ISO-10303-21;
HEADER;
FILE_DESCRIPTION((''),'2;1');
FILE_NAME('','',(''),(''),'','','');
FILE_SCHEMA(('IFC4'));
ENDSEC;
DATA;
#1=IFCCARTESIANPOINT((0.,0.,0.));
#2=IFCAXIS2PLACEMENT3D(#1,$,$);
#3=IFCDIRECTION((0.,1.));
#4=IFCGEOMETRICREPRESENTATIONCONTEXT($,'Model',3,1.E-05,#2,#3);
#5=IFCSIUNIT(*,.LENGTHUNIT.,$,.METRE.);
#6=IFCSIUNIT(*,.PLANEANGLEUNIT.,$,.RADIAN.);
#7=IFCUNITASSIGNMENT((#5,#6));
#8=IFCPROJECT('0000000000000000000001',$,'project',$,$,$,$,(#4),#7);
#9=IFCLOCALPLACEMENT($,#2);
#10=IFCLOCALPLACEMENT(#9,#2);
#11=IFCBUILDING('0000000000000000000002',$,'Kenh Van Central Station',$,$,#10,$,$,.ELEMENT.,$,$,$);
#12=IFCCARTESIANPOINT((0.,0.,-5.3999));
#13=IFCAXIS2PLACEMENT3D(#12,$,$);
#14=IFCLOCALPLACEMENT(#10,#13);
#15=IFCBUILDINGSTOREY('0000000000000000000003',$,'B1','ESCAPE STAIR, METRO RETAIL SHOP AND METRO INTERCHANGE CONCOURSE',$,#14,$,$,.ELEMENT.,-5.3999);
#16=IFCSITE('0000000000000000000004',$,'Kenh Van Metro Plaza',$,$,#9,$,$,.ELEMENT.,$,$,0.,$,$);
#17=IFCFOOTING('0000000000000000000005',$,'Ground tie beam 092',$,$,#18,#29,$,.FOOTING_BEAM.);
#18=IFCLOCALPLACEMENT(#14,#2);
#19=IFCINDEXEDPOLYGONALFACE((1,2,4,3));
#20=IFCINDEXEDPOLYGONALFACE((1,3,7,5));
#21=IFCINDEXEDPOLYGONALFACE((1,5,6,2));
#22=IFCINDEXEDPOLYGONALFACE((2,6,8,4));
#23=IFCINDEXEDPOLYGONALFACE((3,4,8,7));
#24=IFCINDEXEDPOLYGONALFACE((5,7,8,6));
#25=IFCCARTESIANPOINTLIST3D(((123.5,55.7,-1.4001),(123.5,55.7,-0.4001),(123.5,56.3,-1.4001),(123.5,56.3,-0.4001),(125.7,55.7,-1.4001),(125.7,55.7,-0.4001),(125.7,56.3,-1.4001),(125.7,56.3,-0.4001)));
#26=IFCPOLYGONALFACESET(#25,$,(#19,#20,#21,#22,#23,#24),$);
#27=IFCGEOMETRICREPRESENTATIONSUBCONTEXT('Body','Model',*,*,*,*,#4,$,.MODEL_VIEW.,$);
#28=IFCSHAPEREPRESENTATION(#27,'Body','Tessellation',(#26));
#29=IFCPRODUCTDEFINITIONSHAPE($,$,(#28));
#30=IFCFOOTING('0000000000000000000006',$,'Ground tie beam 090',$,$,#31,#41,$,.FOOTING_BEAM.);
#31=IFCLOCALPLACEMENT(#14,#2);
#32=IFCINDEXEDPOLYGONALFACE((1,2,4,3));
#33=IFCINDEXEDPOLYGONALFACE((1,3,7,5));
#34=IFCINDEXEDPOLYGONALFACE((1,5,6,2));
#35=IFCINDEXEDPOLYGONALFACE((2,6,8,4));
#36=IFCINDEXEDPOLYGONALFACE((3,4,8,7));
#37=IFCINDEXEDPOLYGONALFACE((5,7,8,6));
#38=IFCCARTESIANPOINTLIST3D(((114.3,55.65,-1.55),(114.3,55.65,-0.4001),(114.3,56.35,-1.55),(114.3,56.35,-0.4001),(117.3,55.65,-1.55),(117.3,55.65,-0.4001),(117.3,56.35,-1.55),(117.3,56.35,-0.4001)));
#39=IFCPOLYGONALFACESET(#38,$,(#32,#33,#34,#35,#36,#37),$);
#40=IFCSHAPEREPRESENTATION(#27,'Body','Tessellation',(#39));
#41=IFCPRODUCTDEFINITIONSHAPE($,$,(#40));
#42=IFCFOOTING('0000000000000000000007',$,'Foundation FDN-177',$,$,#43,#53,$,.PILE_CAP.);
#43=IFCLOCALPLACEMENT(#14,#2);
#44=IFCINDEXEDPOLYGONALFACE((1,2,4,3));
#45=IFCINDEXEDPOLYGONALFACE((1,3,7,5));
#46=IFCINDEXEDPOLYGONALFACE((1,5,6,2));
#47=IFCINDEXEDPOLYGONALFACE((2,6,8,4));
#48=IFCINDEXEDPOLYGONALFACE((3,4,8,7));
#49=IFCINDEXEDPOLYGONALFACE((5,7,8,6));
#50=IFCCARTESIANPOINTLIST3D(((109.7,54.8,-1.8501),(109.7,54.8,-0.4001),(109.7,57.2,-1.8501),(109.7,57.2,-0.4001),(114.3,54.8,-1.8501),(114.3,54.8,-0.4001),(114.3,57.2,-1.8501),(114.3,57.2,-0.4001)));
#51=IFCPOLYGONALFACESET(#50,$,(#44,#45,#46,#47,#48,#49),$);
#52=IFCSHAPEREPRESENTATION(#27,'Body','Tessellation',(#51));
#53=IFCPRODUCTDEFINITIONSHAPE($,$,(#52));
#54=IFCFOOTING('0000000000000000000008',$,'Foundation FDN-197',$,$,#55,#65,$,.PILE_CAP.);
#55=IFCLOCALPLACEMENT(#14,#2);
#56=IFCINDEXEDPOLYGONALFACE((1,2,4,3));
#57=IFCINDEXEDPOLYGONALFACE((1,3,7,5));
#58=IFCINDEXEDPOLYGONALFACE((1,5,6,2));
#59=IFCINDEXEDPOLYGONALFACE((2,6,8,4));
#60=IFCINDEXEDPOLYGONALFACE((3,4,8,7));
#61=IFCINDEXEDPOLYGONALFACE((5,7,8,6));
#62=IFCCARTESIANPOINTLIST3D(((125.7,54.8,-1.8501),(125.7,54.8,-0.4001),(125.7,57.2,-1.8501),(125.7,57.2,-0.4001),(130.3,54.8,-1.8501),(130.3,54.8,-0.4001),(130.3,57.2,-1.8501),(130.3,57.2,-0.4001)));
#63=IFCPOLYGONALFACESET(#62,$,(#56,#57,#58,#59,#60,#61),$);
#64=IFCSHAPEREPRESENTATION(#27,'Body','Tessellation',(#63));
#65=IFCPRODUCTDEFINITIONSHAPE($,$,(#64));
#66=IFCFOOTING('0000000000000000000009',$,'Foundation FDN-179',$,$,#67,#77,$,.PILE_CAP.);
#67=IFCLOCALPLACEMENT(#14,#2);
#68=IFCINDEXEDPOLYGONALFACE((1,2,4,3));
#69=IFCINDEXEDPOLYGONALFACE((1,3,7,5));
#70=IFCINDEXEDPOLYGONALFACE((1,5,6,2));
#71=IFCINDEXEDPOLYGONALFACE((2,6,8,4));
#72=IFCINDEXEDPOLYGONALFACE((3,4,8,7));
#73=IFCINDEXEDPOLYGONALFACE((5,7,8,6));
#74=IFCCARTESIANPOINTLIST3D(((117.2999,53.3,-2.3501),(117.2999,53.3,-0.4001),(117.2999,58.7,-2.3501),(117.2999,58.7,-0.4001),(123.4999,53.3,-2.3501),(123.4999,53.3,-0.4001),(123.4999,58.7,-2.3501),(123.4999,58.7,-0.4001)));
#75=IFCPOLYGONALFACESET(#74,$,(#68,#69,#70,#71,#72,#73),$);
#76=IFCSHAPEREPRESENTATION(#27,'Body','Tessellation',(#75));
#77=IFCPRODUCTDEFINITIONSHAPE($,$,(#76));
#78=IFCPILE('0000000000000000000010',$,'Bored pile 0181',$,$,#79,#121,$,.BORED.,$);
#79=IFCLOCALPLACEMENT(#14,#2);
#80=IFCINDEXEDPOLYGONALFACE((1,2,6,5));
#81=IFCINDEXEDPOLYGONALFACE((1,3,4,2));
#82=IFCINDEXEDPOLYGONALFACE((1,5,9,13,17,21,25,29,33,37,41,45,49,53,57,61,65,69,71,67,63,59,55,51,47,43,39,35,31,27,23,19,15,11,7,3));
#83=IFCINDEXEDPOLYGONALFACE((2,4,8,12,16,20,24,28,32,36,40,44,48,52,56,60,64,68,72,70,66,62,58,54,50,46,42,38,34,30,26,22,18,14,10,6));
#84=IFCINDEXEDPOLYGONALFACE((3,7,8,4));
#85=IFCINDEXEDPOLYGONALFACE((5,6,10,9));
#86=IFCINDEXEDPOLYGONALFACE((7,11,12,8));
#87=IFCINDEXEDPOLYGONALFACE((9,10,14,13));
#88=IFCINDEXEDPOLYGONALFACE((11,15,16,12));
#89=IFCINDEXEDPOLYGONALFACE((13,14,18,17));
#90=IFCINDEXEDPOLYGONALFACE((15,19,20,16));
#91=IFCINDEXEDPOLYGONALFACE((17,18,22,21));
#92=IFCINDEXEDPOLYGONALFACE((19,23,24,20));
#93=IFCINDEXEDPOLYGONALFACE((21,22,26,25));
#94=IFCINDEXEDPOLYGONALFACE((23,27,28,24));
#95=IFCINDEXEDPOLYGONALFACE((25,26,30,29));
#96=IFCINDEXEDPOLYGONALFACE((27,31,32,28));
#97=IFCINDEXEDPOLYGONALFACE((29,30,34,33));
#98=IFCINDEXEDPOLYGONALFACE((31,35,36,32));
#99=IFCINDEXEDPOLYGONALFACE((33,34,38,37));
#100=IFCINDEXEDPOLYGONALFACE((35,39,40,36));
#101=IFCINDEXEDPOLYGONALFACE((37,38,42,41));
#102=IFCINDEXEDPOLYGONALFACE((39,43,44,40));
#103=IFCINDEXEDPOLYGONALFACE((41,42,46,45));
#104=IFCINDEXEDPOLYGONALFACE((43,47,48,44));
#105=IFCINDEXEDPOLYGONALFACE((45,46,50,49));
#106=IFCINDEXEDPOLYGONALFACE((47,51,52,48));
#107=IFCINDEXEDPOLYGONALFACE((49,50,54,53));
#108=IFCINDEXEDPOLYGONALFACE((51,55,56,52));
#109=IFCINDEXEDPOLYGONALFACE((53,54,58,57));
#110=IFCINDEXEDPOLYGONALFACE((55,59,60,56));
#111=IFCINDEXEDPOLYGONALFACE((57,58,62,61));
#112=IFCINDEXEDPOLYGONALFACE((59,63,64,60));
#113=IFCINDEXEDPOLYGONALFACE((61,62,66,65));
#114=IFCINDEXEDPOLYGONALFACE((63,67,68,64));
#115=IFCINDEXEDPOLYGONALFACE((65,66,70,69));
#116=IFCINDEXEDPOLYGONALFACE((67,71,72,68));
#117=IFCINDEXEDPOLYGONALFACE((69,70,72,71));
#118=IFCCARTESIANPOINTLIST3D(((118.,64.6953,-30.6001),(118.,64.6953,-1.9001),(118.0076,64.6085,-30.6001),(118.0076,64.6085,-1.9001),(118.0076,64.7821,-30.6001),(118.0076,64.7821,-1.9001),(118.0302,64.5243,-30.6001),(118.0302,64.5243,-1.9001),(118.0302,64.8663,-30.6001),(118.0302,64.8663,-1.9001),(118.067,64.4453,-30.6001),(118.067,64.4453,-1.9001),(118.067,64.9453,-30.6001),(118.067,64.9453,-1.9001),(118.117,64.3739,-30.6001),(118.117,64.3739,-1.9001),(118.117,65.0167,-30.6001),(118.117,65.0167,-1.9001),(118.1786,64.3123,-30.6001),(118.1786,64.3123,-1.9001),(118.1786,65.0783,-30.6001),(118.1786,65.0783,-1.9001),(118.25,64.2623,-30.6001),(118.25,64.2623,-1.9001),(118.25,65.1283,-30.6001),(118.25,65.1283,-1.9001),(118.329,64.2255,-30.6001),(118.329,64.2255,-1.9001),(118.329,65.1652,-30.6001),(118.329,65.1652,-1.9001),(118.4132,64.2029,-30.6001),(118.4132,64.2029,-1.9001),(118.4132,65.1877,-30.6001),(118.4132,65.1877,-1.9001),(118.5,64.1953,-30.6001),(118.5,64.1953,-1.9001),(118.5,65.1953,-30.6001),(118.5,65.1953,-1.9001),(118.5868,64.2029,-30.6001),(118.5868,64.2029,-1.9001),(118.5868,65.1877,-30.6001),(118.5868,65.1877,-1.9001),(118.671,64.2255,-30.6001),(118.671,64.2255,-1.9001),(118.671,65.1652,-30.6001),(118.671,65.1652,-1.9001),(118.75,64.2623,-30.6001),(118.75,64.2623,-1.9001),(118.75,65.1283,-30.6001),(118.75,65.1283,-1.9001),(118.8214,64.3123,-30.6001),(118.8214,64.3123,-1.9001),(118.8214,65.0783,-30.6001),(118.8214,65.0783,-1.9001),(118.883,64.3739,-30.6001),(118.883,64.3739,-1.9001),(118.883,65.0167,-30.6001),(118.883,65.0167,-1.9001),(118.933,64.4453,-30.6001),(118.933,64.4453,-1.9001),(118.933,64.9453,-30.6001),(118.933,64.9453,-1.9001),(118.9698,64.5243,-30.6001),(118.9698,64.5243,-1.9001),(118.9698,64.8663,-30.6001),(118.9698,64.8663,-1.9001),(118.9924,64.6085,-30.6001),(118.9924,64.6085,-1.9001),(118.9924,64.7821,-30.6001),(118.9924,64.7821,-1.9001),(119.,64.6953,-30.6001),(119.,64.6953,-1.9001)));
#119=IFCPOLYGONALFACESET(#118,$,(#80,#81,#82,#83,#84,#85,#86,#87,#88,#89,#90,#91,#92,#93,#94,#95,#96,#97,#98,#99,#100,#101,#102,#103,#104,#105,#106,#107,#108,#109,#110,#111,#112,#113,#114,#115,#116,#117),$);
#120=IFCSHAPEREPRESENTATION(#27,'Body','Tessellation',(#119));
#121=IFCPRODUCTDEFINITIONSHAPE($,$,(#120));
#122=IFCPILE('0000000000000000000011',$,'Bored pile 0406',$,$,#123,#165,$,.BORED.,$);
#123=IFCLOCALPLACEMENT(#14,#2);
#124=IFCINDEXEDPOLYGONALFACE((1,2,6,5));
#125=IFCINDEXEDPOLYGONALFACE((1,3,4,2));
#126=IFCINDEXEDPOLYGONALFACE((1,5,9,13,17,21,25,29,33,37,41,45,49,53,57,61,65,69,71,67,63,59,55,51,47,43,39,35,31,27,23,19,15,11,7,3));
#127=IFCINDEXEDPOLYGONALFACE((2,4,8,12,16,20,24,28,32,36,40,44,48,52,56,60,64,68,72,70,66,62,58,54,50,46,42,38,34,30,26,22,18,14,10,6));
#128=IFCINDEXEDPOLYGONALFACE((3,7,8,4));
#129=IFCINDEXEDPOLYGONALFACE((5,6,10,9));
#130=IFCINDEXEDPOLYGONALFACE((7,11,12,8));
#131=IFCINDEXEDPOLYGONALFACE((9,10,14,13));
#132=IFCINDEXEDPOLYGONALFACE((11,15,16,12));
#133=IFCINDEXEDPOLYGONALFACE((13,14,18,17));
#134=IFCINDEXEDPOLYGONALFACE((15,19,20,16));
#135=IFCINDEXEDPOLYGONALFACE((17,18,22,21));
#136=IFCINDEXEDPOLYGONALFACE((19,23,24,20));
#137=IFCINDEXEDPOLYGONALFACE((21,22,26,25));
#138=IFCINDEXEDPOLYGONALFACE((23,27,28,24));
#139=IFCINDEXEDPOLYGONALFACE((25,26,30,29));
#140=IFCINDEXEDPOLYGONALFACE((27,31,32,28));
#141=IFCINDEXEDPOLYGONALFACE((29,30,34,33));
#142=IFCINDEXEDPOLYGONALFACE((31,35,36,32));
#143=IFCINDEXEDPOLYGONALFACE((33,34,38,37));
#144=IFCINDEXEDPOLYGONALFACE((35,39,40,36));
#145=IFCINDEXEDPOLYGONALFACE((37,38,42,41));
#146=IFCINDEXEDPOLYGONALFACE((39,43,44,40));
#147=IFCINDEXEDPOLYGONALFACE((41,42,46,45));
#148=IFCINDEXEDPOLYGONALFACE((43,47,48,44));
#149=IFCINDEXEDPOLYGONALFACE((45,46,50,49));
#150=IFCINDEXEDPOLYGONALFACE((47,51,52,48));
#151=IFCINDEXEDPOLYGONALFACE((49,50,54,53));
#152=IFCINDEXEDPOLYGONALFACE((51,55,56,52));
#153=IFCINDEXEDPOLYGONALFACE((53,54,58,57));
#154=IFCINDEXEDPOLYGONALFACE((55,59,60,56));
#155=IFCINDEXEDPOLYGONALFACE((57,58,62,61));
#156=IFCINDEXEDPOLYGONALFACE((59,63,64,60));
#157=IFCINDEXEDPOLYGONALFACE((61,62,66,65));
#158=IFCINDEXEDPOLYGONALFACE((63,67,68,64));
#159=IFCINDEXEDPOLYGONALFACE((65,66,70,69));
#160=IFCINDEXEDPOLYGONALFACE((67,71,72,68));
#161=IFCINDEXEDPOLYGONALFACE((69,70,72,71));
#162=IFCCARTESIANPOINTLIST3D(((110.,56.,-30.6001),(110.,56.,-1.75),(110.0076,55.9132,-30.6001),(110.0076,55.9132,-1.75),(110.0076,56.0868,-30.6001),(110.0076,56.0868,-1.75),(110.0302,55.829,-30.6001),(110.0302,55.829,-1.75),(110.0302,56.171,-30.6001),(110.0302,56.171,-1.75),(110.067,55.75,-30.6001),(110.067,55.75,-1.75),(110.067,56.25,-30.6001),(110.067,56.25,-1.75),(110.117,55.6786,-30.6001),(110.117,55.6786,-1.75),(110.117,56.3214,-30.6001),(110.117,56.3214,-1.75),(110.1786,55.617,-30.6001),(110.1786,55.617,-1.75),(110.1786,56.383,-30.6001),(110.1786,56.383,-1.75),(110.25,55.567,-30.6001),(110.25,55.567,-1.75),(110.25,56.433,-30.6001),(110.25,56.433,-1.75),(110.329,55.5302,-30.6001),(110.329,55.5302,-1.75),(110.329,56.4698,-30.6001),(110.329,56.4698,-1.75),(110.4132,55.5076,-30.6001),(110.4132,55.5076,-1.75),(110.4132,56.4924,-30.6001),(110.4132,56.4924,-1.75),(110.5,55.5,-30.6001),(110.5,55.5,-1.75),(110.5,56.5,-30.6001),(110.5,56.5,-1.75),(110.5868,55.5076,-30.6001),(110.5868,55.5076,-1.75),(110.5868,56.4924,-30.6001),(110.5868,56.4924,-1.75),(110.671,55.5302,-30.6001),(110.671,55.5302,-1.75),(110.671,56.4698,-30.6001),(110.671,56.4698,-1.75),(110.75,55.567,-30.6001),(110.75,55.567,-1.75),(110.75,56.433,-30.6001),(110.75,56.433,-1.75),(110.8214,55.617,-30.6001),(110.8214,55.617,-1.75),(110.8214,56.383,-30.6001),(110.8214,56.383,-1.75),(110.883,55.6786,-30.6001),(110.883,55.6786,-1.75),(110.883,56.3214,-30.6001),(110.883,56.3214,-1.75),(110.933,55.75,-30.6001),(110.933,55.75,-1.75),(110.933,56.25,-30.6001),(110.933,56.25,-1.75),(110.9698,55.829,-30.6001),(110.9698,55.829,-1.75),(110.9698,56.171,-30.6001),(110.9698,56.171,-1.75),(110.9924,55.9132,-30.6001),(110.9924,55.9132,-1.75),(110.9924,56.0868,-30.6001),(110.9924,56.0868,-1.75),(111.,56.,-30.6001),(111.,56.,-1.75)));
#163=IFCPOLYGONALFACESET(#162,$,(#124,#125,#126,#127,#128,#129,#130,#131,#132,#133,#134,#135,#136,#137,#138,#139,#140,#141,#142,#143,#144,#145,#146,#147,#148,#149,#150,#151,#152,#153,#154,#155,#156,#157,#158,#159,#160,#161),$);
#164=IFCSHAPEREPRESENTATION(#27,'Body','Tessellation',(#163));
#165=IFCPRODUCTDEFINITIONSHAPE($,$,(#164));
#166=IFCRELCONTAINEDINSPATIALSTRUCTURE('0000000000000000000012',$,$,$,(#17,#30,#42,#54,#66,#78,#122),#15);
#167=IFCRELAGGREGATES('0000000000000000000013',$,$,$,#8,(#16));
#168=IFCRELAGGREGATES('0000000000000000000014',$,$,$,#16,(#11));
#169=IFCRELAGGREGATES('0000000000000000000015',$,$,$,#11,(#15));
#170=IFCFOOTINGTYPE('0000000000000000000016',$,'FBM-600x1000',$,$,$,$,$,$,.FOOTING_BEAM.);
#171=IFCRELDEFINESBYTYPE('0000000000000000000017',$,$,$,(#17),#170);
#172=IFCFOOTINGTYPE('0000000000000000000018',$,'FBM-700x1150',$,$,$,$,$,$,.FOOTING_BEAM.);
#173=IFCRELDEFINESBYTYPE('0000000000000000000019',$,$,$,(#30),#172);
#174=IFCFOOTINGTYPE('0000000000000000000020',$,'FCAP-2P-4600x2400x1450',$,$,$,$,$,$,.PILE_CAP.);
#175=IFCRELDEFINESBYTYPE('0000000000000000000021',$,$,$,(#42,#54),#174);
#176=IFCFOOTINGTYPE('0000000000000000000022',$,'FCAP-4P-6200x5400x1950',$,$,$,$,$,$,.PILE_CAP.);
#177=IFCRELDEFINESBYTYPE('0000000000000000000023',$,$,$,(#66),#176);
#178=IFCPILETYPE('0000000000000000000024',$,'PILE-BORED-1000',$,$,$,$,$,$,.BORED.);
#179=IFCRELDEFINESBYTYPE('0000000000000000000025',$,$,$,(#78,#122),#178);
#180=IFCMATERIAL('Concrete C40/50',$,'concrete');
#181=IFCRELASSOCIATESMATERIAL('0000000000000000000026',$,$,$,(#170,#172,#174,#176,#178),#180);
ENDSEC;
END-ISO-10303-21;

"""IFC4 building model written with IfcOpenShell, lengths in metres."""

from ifc_helpers import new_model, si_unit, direction, frame, origin, origin_2d, place, context, subcontext, project, spatial, rectangle, circle, extrude, material, material_profile, profile_set, type_object, element, save


model = new_model("IFC4")

# Units and contexts
model_context = context("Model", 3, precision=1e-05, world=origin(), true_north=direction((0.0, 1.0)))
body_context = subcontext(model_context, "Body", "Model", "MODEL_VIEW")
ifc_project = project(units=[si_unit("LENGTHUNIT", "METRE"), si_unit("PLANEANGLEUNIT", "RADIAN")], contexts=[model_context])

# Site, building, storey
site_placement = place(None, origin())
site = spatial("IfcSite", under=ifc_project, at=site_placement, Name="Kenh Van Metro Plaza", CompositionType="ELEMENT", RefElevation=0.0)
building_placement = place(site_placement, origin())
building = spatial("IfcBuilding", under=site, at=building_placement, Name="Kenh Van Central Station", CompositionType="ELEMENT")
storey_placement = place(building_placement, frame((0.0, 0.0, -5.3999)))
storey = spatial("IfcBuildingStorey", under=building, at=storey_placement, Name="B1", Description="ESCAPE STAIR, METRO RETAIL SHOP AND METRO INTERCHANGE CONCOURSE", CompositionType="ELEMENT", Elevation=-5.3999)

# Footings
ifc_material_1 = material(Name="Concrete C40/50", Category="concrete")
ifc_material_profile_1 = material_profile(ifc_material_1, rectangle(XDim=0.6001, YDim=1.0, at=origin_2d()), Name="RC 600x1000")
ifc_profile_set_1 = profile_set([ifc_material_profile_1], Name="Concrete C40/50")
footing_type_1 = type_object("IfcFootingType", Name="FBM-600x1000", PredefinedType="FOOTING_BEAM", material=ifc_profile_set_1)
footing_1_placement = place(storey_placement, frame((123.5, 56.0, -0.9001), z_axis=(1.0, 0.0, 0.0), x_axis=(0.0, 1.0, 0.0)))
element("IfcFooting", 1, at=footing_1_placement, inside=storey, type_object=footing_type_1, Name="Ground tie beam 092", PredefinedType="FOOTING_BEAM", context=body_context, shape_type="SweptSolid", body=[
    extrude(rectangle(XDim=0.6001, YDim=1.0, at=origin_2d()), origin(), (0.0, 0.0, 1.0), 2.2),
])
ifc_material_profile_2 = material_profile(ifc_material_1, rectangle(XDim=0.7, YDim=1.1499, at=origin_2d()), Name="RC 700x1150")
ifc_profile_set_2 = profile_set([ifc_material_profile_2], Name="Concrete C40/50")
footing_type_2 = type_object("IfcFootingType", Name="FBM-700x1150", PredefinedType="FOOTING_BEAM", material=ifc_profile_set_2)
footing_2_placement = place(storey_placement, frame((114.3, 56.0, -0.9751), z_axis=(1.0, 0.0, 0.0), x_axis=(0.0, 1.0, 0.0)))
element("IfcFooting", 2, at=footing_2_placement, inside=storey, type_object=footing_type_2, Name="Ground tie beam 090", PredefinedType="FOOTING_BEAM", context=body_context, shape_type="SweptSolid", body=[
    extrude(rectangle(XDim=0.7, YDim=1.1499, at=origin_2d()), origin(), (0.0, 0.0, 1.0), 3.0),
])
footing_type_3 = type_object("IfcFootingType", Name="FCAP-2P-4600x2400x1450", PredefinedType="PILE_CAP", material=ifc_material_1)
for number, where, z_axis, x_axis, name in (
    (3, (112.0, 56.0, -1.8501), (0.0, 0.0, 1.0), (1.0, 0.0, 0.0), "Foundation FDN-177"),
    (4, (128.0, 56.0, -1.8501), (0.0, 0.0, 1.0), (1.0, 0.0, 0.0), "Foundation FDN-197"),
):
    element("IfcFooting", number, at=place(storey_placement, frame(where, z_axis=z_axis, x_axis=x_axis)), inside=storey, type_object=footing_type_3, Name=name, PredefinedType="PILE_CAP", context=body_context, shape_type="SweptSolid", body=[
        extrude(rectangle(XDim=4.6001, YDim=2.3999, at=origin_2d()), origin(), (0.0, 0.0, 1.0), 1.45),
    ])
footing_type_4 = type_object("IfcFootingType", Name="FCAP-4P-6200x5400x1950", PredefinedType="PILE_CAP", material=ifc_material_1)
footing_3_placement = place(storey_placement, frame((120.3999, 56.0, -2.3501), z_axis=(0.0, 0.0, 1.0), x_axis=(1.0, 0.0, 0.0)))
element("IfcFooting", 5, at=footing_3_placement, inside=storey, type_object=footing_type_4, Name="Foundation FDN-179", PredefinedType="PILE_CAP", context=body_context, shape_type="SweptSolid", body=[
    extrude(rectangle(XDim=6.2, YDim=5.3999, at=origin_2d()), origin(), (0.0, 0.0, 1.0), 1.95),
])

# Piles
ifc_material_profile_3 = material_profile(ifc_material_1, circle(Radius=0.5, at=origin_2d()), Name="PILE D1000")
ifc_profile_set_3 = profile_set([ifc_material_profile_3], Name="Concrete C40/50")
pile_type_1 = type_object("IfcPileType", Name="PILE-BORED-1000", PredefinedType="BORED", material=ifc_profile_set_3)
pile_placement = place(storey_placement, frame((118.5, 64.6953, -1.9001), z_axis=(0.0, 0.0, -1.0), x_axis=(1.0, 0.0, 0.0)))
element("IfcPile", 6, at=pile_placement, inside=storey, type_object=pile_type_1, Name="Bored pile 0181", PredefinedType="BORED", context=body_context, shape_type="SweptSolid", body=[
    extrude(circle(Radius=0.5, at=origin_2d()), origin(), (0.0, 0.0, 1.0), 28.7),
])
for number, where, z_axis, x_axis, name in (
    (7, (110.5, 56.0, -1.75), (0.0, 0.0, -1.0), (1.0, 0.0, 0.0), "Bored pile 0406"),
):
    element("IfcPile", number, at=place(storey_placement, frame(where, z_axis=z_axis, x_axis=x_axis)), inside=storey, type_object=pile_type_1, Name=name, PredefinedType="BORED", context=body_context, shape_type="SweptSolid", body=[
        extrude(circle(Radius=0.5, at=origin_2d()), origin(), (0.0, 0.0, 1.0), 28.8501),
    ])

save(model, "model.ifc")
